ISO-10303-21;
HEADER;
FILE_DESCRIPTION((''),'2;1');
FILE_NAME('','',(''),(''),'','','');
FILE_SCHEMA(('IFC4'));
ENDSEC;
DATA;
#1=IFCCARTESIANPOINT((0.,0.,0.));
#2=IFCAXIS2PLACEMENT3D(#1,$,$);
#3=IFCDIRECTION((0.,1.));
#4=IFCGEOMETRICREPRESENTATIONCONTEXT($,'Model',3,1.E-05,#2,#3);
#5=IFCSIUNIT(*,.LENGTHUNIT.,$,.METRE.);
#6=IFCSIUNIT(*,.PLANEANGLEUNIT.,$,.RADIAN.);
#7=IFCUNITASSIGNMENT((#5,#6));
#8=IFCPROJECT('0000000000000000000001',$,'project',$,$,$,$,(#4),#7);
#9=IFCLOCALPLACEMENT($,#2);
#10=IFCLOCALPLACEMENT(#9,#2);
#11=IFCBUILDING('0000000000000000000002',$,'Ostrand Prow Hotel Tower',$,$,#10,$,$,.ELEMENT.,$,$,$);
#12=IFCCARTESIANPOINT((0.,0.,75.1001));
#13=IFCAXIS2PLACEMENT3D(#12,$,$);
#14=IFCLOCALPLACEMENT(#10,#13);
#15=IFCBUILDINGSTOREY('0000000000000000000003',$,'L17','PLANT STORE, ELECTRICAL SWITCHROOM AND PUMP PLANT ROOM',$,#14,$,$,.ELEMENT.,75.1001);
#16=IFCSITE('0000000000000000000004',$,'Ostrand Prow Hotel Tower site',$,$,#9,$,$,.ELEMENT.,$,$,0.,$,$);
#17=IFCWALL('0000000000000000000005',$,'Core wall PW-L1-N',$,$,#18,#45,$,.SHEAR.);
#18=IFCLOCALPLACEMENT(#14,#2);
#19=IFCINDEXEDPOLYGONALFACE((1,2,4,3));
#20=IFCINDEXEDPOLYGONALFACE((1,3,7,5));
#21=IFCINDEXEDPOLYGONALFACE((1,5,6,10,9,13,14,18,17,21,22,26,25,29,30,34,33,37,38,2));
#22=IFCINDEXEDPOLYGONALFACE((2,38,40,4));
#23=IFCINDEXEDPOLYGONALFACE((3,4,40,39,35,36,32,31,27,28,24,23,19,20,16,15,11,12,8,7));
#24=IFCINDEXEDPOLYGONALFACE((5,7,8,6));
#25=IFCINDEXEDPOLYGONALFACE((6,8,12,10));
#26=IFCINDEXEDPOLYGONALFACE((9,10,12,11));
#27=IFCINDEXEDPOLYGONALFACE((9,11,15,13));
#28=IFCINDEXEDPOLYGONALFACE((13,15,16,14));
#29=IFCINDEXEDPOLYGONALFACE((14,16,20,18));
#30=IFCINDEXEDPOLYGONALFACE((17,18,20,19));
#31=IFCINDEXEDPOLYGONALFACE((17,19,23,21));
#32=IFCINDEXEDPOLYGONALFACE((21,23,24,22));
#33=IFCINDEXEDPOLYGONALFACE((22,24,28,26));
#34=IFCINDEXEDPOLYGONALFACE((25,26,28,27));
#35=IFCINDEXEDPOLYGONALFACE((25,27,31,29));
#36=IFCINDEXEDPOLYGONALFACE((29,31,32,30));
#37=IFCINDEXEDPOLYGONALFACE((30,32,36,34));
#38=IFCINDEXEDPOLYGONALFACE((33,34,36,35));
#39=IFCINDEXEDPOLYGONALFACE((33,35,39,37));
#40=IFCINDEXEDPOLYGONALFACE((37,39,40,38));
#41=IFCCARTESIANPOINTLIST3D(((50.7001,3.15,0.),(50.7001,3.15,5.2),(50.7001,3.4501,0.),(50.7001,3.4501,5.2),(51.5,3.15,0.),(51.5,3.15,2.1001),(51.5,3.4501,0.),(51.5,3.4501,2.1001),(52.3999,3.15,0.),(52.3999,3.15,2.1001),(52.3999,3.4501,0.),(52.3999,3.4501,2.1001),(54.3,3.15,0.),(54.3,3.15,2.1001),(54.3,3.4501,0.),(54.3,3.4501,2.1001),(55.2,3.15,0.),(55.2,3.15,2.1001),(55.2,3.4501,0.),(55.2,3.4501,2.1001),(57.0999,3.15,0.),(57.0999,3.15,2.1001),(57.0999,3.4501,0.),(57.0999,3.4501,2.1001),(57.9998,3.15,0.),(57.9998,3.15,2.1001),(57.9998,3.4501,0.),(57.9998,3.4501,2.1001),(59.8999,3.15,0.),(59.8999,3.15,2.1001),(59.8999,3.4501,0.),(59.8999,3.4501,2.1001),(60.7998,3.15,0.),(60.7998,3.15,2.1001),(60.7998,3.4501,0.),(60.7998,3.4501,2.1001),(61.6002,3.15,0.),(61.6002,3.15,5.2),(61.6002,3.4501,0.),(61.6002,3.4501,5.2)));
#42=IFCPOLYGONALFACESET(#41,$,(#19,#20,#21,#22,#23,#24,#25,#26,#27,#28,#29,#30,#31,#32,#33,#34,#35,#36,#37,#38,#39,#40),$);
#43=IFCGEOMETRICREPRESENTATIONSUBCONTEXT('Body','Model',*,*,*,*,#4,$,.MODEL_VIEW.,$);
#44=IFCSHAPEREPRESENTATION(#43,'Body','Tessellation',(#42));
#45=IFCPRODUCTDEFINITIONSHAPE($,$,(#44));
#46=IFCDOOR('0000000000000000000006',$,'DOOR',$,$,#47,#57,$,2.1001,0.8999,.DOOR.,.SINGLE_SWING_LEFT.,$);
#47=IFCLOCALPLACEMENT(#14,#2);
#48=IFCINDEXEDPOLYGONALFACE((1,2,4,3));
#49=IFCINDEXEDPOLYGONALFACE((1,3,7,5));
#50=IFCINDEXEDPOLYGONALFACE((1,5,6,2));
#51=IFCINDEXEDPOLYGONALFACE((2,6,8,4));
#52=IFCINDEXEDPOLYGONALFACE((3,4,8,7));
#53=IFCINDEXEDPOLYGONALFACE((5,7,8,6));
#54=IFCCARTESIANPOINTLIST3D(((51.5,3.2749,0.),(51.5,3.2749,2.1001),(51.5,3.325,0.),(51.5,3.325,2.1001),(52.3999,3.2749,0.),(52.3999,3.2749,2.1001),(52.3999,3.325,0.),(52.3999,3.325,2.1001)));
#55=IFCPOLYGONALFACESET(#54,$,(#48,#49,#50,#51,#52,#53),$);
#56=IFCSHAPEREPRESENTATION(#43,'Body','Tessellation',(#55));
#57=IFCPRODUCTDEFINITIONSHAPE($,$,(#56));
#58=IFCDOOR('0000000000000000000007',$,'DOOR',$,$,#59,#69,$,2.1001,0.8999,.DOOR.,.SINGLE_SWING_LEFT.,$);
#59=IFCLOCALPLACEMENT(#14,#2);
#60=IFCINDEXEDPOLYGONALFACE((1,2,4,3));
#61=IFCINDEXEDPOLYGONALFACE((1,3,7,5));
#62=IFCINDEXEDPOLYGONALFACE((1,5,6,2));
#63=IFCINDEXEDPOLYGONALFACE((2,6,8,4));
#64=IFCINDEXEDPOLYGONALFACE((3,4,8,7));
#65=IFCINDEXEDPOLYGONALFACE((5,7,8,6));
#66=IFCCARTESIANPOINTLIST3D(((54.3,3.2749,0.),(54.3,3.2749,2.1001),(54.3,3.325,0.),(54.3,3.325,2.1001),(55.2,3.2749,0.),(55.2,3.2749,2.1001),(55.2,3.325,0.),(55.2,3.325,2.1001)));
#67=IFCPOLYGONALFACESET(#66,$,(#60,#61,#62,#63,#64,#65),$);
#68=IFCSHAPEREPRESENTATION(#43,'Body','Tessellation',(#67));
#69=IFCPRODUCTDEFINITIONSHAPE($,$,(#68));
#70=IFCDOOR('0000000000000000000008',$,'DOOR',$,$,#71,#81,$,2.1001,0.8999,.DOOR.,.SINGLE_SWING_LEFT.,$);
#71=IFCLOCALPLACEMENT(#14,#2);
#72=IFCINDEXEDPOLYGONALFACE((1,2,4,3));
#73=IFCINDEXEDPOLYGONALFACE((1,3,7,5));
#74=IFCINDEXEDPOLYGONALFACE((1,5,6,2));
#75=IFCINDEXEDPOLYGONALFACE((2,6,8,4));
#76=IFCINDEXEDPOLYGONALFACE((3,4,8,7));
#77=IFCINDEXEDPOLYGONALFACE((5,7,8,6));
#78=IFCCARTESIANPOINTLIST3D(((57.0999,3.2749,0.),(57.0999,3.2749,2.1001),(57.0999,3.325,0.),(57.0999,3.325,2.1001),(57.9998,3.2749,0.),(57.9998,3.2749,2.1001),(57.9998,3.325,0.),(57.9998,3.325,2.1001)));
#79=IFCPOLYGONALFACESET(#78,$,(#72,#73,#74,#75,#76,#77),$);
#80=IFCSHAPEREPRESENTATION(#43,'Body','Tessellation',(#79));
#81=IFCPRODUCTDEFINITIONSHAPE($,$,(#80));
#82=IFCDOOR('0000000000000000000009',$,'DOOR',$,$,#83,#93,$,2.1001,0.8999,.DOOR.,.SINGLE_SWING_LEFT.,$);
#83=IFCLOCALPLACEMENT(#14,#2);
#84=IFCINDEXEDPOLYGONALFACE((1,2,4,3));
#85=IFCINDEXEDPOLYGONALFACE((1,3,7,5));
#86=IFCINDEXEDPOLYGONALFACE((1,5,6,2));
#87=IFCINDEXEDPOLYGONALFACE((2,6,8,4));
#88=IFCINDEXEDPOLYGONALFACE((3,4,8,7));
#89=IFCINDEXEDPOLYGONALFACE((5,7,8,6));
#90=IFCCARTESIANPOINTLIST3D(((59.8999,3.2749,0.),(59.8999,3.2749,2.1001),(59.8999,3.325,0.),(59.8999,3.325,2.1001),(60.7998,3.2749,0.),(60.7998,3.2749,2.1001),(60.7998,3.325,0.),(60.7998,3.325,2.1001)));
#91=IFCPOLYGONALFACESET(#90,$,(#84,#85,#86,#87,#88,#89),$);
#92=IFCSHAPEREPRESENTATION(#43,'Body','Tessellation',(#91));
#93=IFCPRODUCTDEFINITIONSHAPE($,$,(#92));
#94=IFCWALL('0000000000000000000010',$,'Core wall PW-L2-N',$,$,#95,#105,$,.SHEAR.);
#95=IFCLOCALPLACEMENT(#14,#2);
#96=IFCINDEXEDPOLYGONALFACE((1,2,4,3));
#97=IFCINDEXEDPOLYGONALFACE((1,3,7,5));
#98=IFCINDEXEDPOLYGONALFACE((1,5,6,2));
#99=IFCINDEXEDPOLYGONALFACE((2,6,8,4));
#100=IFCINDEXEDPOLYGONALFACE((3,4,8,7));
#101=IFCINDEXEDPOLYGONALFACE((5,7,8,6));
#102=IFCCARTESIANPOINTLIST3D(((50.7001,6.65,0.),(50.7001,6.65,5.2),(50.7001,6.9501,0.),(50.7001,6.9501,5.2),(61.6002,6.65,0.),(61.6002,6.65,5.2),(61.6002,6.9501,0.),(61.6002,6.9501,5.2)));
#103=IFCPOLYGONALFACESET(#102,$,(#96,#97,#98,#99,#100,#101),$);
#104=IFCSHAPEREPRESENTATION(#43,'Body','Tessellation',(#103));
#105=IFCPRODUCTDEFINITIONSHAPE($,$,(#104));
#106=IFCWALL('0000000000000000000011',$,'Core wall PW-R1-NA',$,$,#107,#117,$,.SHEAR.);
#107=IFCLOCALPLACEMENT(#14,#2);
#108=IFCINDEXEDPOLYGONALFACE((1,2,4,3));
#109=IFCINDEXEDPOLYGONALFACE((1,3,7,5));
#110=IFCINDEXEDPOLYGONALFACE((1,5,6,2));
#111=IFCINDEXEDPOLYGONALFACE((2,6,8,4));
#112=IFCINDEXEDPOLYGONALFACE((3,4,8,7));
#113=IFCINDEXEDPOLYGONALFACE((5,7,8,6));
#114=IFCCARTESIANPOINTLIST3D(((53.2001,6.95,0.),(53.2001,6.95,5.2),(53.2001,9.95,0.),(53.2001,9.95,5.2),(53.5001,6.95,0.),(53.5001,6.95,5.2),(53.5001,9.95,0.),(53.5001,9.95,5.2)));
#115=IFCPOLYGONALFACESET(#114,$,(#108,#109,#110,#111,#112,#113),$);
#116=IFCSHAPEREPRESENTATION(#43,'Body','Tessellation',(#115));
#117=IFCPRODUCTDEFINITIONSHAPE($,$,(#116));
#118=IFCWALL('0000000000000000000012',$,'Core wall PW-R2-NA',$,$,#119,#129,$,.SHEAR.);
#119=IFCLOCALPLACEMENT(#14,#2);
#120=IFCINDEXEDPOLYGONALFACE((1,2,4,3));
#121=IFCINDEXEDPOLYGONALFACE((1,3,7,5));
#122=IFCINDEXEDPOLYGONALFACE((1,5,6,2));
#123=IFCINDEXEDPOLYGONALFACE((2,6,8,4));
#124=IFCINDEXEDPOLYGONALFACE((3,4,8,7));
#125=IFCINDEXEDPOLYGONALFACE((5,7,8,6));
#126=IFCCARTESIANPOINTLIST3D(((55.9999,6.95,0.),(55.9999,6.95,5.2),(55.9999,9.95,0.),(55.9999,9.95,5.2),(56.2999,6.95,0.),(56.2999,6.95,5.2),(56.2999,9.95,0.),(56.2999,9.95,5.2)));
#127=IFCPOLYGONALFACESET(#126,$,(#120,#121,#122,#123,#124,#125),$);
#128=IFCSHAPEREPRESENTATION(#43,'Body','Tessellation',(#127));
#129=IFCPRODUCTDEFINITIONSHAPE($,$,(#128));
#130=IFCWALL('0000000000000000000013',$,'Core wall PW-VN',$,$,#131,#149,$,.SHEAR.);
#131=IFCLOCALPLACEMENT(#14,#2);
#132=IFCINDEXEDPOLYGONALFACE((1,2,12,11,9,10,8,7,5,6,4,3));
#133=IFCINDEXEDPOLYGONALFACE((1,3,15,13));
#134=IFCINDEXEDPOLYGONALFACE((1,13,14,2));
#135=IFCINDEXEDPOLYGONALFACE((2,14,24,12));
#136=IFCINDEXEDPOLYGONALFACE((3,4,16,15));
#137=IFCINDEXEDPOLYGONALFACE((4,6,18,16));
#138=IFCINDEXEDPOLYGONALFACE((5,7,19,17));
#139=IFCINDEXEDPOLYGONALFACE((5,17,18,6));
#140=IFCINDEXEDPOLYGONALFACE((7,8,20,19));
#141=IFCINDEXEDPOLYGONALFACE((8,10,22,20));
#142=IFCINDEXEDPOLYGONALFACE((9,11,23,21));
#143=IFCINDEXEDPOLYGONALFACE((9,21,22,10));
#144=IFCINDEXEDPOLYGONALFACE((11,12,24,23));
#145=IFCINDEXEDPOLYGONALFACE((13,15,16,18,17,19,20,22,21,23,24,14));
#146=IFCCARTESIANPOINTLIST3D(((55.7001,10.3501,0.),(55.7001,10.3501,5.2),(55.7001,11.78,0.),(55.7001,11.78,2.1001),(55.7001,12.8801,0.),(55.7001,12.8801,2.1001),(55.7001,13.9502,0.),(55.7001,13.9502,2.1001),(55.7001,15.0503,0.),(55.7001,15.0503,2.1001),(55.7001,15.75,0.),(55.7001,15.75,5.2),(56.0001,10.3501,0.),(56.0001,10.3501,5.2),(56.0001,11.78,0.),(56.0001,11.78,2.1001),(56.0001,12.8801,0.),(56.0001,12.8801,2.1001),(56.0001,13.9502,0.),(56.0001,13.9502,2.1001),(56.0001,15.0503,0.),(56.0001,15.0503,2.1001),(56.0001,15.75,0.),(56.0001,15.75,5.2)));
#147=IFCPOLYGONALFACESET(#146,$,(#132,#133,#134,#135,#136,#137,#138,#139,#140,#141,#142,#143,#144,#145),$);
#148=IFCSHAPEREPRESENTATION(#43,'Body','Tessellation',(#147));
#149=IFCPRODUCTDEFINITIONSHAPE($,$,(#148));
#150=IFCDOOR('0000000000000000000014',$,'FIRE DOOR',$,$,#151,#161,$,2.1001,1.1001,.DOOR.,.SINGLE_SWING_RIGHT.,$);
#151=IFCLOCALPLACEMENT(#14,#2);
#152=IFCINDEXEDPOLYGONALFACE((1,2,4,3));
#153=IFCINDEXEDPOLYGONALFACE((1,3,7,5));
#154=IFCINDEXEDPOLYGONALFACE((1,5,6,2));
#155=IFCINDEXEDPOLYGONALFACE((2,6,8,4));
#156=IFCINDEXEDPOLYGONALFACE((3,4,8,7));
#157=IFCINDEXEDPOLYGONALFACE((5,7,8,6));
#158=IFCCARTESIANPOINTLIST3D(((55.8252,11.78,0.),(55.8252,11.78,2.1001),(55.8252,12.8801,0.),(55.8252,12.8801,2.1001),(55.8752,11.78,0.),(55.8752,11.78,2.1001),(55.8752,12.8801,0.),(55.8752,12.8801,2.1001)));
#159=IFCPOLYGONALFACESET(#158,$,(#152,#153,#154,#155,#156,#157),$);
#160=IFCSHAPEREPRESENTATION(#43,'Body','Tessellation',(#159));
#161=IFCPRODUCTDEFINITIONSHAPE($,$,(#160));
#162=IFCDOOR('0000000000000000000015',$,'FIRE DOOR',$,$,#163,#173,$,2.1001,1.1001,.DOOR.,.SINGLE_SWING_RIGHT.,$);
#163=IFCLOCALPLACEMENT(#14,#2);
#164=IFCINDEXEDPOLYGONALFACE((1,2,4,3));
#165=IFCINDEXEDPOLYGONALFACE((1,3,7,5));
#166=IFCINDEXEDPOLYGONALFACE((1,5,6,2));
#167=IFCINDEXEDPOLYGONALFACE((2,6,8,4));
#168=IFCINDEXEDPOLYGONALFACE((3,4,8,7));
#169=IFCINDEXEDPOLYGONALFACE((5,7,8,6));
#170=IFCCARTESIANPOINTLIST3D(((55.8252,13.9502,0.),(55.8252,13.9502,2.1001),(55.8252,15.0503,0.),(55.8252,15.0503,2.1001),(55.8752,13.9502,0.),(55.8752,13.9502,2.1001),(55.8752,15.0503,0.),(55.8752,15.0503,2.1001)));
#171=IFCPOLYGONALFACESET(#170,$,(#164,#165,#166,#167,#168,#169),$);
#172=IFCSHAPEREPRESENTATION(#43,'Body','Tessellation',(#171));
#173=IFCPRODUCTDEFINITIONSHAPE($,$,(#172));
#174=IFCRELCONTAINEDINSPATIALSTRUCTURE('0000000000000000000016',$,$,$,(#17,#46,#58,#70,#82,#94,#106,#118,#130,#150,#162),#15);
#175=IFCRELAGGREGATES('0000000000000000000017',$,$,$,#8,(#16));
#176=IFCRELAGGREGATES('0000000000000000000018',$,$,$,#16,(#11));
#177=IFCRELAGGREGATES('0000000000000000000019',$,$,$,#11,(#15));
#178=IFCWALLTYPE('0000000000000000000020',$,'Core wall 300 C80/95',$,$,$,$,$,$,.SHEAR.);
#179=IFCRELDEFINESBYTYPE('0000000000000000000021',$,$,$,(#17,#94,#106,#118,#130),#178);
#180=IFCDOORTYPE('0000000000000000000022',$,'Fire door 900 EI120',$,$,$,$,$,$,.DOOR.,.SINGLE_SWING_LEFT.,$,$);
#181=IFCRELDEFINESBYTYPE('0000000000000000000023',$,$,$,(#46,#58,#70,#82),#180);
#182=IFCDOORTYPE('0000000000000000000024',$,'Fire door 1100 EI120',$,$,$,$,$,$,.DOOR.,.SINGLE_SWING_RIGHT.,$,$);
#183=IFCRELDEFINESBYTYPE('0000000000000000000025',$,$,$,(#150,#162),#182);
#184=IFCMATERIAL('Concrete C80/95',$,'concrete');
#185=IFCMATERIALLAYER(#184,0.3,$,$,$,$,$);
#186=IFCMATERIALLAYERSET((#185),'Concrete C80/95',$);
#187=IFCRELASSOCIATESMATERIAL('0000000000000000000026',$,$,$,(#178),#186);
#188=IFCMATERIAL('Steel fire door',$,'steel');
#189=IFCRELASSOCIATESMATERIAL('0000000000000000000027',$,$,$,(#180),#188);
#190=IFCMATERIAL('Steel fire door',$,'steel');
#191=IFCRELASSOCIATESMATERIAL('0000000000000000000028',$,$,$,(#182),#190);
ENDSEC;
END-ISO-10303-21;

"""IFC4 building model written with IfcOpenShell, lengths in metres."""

from ifc_helpers import new_model, si_unit, direction, frame, frame_2d, origin, place, context, subcontext, project, spatial, rectangle, extrude, material, layer, layer_set, type_object, element, fill, save


model = new_model("IFC4")

# Units and contexts
model_context = context("Model", 3, precision=1e-05, world=origin(), true_north=direction((0.0, 1.0)))
body_context = subcontext(model_context, "Body", "Model", "MODEL_VIEW")
ifc_project = project(units=[si_unit("LENGTHUNIT", "METRE"), si_unit("PLANEANGLEUNIT", "RADIAN")], contexts=[model_context])

# Site, building, storey
site_placement = place(None, origin())
site = spatial("IfcSite", under=ifc_project, at=site_placement, Name="Ostrand Prow Hotel Tower site", CompositionType="ELEMENT", RefElevation=0.0)
building_placement = place(site_placement, origin())
building = spatial("IfcBuilding", under=site, at=building_placement, Name="Ostrand Prow Hotel Tower", CompositionType="ELEMENT")
storey_placement = place(building_placement, frame((0.0, 0.0, 75.1001)))
storey = spatial("IfcBuildingStorey", under=building, at=storey_placement, Name="L17", Description="PLANT STORE, ELECTRICAL SWITCHROOM AND PUMP PLANT ROOM", CompositionType="ELEMENT", Elevation=75.1001)

# Wall, openings, doors
ifc_material_1 = material(Name="Concrete C80/95", Category="concrete")
ifc_layer_1 = layer(ifc_material_1, 0.3)
ifc_layer_set_1 = layer_set([ifc_layer_1], Name="Concrete C80/95")
wall_type_1 = type_object("IfcWallType", Name="Core wall 300 C80/95", PredefinedType="SHEAR", material=ifc_layer_set_1)
wall_1_placement = place(storey_placement, frame((50.7, 3.3, 0.0), z_axis=(0.0, 0.0, 1.0), x_axis=(1.0, 0.0, 0.0)))
wall_1 = element("IfcWall", 1, at=wall_1_placement, inside=storey, type_object=wall_type_1, Name="Core wall PW-L1-N", PredefinedType="SHEAR", context=body_context, shape_type="SweptSolid", body=[
    extrude(rectangle(XDim=10.9001, YDim=0.3, at=frame_2d((5.4502, 0.0))), origin(), (0.0, 0.0, 1.0), 5.2),
])
opening_1_placement = place(wall_1_placement, frame((0.8, 0.0, 0.0)))
opening_1 = element("IfcOpeningElement", 2, at=opening_1_placement, cuts=wall_1, PredefinedType="OPENING", context=body_context, shape_type="SweptSolid", body=[
    extrude(rectangle(XDim=0.8999, YDim=2.1001, at=frame_2d((0.45, 1.05))), frame((0.0, 0.1599, 0.0), z_axis=(0.0, -1.0, 0.0), x_axis=(1.0, 0.0, 0.0)), (0.0, 0.0, 1.0), 0.3201),
])
opening_2_placement = place(wall_1_placement, frame((3.6001, 0.0, 0.0)))
opening_2 = element("IfcOpeningElement", 3, at=opening_2_placement, cuts=wall_1, PredefinedType="OPENING", context=body_context, shape_type="SweptSolid", body=[
    extrude(rectangle(XDim=0.8999, YDim=2.1001, at=frame_2d((0.45, 1.05))), frame((0.0, 0.1599, 0.0), z_axis=(0.0, -1.0, 0.0), x_axis=(1.0, 0.0, 0.0)), (0.0, 0.0, 1.0), 0.3201),
])
opening_3_placement = place(wall_1_placement, frame((6.3999, 0.0, 0.0)))
opening_3 = element("IfcOpeningElement", 4, at=opening_3_placement, cuts=wall_1, PredefinedType="OPENING", context=body_context, shape_type="SweptSolid", body=[
    extrude(rectangle(XDim=0.8999, YDim=2.1001, at=frame_2d((0.45, 1.05))), frame((0.0, 0.1599, 0.0), z_axis=(0.0, -1.0, 0.0), x_axis=(1.0, 0.0, 0.0)), (0.0, 0.0, 1.0), 0.3201),
])
opening_4_placement = place(wall_1_placement, frame((9.2, 0.0, 0.0)))
opening_4 = element("IfcOpeningElement", 5, at=opening_4_placement, cuts=wall_1, PredefinedType="OPENING", context=body_context, shape_type="SweptSolid", body=[
    extrude(rectangle(XDim=0.8999, YDim=2.1001, at=frame_2d((0.45, 1.05))), frame((0.0, 0.1599, 0.0), z_axis=(0.0, -1.0, 0.0), x_axis=(1.0, 0.0, 0.0)), (0.0, 0.0, 1.0), 0.3201),
])
ifc_material_2 = material(Name="Steel fire door", Category="steel")
door_type_1 = type_object("IfcDoorType", Name="Fire door 900 EI120", OperationType="SINGLE_SWING_LEFT", PredefinedType="DOOR", material=ifc_material_2)
door_1_placement = place(opening_1_placement, origin())
door_1 = element("IfcDoor", 6, at=door_1_placement, inside=storey, type_object=door_type_1, Name="DOOR", OperationType="SINGLE_SWING_LEFT", OverallHeight=2.1001, OverallWidth=0.8999, PredefinedType="DOOR", context=body_context, shape_type="SweptSolid", body=[
    extrude(rectangle(XDim=0.8999, YDim=2.1001, at=frame_2d((0.45, 1.05))), frame((0.0, 0.0249, 0.0), z_axis=(0.0, -1.0, 0.0), x_axis=(1.0, 0.0, 0.0)), (0.0, 0.0, 1.0), 0.05),
])
fill(opening_1, door_1)
door_2_placement = place(opening_2_placement, origin())
door_2 = element("IfcDoor", 7, at=door_2_placement, inside=storey, type_object=door_type_1, Name="DOOR", OperationType="SINGLE_SWING_LEFT", OverallHeight=2.1001, OverallWidth=0.8999, PredefinedType="DOOR", context=body_context, shape_type="SweptSolid", body=[
    extrude(rectangle(XDim=0.8999, YDim=2.1001, at=frame_2d((0.45, 1.05))), frame((0.0, 0.0249, 0.0), z_axis=(0.0, -1.0, 0.0), x_axis=(1.0, 0.0, 0.0)), (0.0, 0.0, 1.0), 0.05),
])
fill(opening_2, door_2)
door_3_placement = place(opening_3_placement, origin())
door_3 = element("IfcDoor", 8, at=door_3_placement, inside=storey, type_object=door_type_1, Name="DOOR", OperationType="SINGLE_SWING_LEFT", OverallHeight=2.1001, OverallWidth=0.8999, PredefinedType="DOOR", context=body_context, shape_type="SweptSolid", body=[
    extrude(rectangle(XDim=0.8999, YDim=2.1001, at=frame_2d((0.45, 1.05))), frame((0.0, 0.0249, 0.0), z_axis=(0.0, -1.0, 0.0), x_axis=(1.0, 0.0, 0.0)), (0.0, 0.0, 1.0), 0.05),
])
fill(opening_3, door_3)
door_4_placement = place(opening_4_placement, origin())
door_4 = element("IfcDoor", 9, at=door_4_placement, inside=storey, type_object=door_type_1, Name="DOOR", OperationType="SINGLE_SWING_LEFT", OverallHeight=2.1001, OverallWidth=0.8999, PredefinedType="DOOR", context=body_context, shape_type="SweptSolid", body=[
    extrude(rectangle(XDim=0.8999, YDim=2.1001, at=frame_2d((0.45, 1.05))), frame((0.0, 0.0249, 0.0), z_axis=(0.0, -1.0, 0.0), x_axis=(1.0, 0.0, 0.0)), (0.0, 0.0, 1.0), 0.05),
])
fill(opening_4, door_4)

# Walls
wall_2_placement = place(storey_placement, frame((50.7, 6.8, 0.0), z_axis=(0.0, 0.0, 1.0), x_axis=(1.0, 0.0, 0.0)))
element("IfcWall", 10, at=wall_2_placement, inside=storey, type_object=wall_type_1, Name="Core wall PW-L2-N", PredefinedType="SHEAR", context=body_context, shape_type="SweptSolid", body=[
    extrude(rectangle(XDim=10.9001, YDim=0.3, at=frame_2d((5.4502, 0.0))), origin(), (0.0, 0.0, 1.0), 5.2),
])
for number, where, z_axis, x_axis, name in (
    (11, (53.3501, 6.95, 0.0), (0.0, 0.0, 1.0), (0.0, 1.0, 0.0), "Core wall PW-R1-NA"),
    (12, (56.1499, 6.95, 0.0), (0.0, 0.0, 1.0), (0.0, 1.0, 0.0), "Core wall PW-R2-NA"),
):
    element("IfcWall", number, at=place(storey_placement, frame(where, z_axis=z_axis, x_axis=x_axis)), inside=storey, type_object=wall_type_1, Name=name, PredefinedType="SHEAR", context=body_context, shape_type="SweptSolid", body=[
        extrude(rectangle(XDim=3.0, YDim=0.3, at=frame_2d((1.5, 0.0))), origin(), (0.0, 0.0, 1.0), 5.2),
    ])

# Wall, openings, doors
wall_3_placement = place(storey_placement, frame((55.8501, 10.3501, 0.0), z_axis=(0.0, 0.0, 1.0), x_axis=(0.0, 1.0, 0.0)))
wall_3 = element("IfcWall", 13, at=wall_3_placement, inside=storey, type_object=wall_type_1, Name="Core wall PW-VN", PredefinedType="SHEAR", context=body_context, shape_type="SweptSolid", body=[
    extrude(rectangle(XDim=5.3999, YDim=0.3, at=frame_2d((2.7, 0.0))), origin(), (0.0, 0.0, 1.0), 5.2),
])
opening_5_placement = place(wall_3_placement, frame((1.4299, 0.0, 0.0)))
opening_5 = element("IfcOpeningElement", 14, at=opening_5_placement, cuts=wall_3, PredefinedType="OPENING", context=body_context, shape_type="SweptSolid", body=[
    extrude(rectangle(XDim=1.1001, YDim=2.1001, at=frame_2d((0.55, 1.05))), frame((0.0, 0.1599, 0.0), z_axis=(0.0, -1.0, 0.0), x_axis=(1.0, 0.0, 0.0)), (0.0, 0.0, 1.0), 0.3201),
])
opening_6_placement = place(wall_3_placement, frame((3.6001, 0.0, 0.0)))
opening_6 = element("IfcOpeningElement", 15, at=opening_6_placement, cuts=wall_3, PredefinedType="OPENING", context=body_context, shape_type="SweptSolid", body=[
    extrude(rectangle(XDim=1.1001, YDim=2.1001, at=frame_2d((0.55, 1.05))), frame((0.0, 0.1599, 0.0), z_axis=(0.0, -1.0, 0.0), x_axis=(1.0, 0.0, 0.0)), (0.0, 0.0, 1.0), 0.3201),
])
ifc_material_3 = material(Name="Steel fire door", Category="steel")
door_type_2 = type_object("IfcDoorType", Name="Fire door 1100 EI120", OperationType="SINGLE_SWING_RIGHT", PredefinedType="DOOR", material=ifc_material_3)
door_5_placement = place(opening_5_placement, origin())
door_5 = element("IfcDoor", 16, at=door_5_placement, inside=storey, type_object=door_type_2, Name="FIRE DOOR", OperationType="SINGLE_SWING_RIGHT", OverallHeight=2.1001, OverallWidth=1.1001, PredefinedType="DOOR", context=body_context, shape_type="SweptSolid", body=[
    extrude(rectangle(XDim=1.1001, YDim=2.1001, at=frame_2d((0.55, 1.05))), frame((0.0, 0.0249, 0.0), z_axis=(0.0, -1.0, 0.0), x_axis=(1.0, 0.0, 0.0)), (0.0, 0.0, 1.0), 0.05),
])
fill(opening_5, door_5)
door_6_placement = place(opening_6_placement, origin())
door_6 = element("IfcDoor", 17, at=door_6_placement, inside=storey, type_object=door_type_2, Name="FIRE DOOR", OperationType="SINGLE_SWING_RIGHT", OverallHeight=2.1001, OverallWidth=1.1001, PredefinedType="DOOR", context=body_context, shape_type="SweptSolid", body=[
    extrude(rectangle(XDim=1.1001, YDim=2.1001, at=frame_2d((0.55, 1.05))), frame((0.0, 0.0249, 0.0), z_axis=(0.0, -1.0, 0.0), x_axis=(1.0, 0.0, 0.0)), (0.0, 0.0, 1.0), 0.05),
])
fill(opening_6, door_6)

save(model, "model.ifc")
